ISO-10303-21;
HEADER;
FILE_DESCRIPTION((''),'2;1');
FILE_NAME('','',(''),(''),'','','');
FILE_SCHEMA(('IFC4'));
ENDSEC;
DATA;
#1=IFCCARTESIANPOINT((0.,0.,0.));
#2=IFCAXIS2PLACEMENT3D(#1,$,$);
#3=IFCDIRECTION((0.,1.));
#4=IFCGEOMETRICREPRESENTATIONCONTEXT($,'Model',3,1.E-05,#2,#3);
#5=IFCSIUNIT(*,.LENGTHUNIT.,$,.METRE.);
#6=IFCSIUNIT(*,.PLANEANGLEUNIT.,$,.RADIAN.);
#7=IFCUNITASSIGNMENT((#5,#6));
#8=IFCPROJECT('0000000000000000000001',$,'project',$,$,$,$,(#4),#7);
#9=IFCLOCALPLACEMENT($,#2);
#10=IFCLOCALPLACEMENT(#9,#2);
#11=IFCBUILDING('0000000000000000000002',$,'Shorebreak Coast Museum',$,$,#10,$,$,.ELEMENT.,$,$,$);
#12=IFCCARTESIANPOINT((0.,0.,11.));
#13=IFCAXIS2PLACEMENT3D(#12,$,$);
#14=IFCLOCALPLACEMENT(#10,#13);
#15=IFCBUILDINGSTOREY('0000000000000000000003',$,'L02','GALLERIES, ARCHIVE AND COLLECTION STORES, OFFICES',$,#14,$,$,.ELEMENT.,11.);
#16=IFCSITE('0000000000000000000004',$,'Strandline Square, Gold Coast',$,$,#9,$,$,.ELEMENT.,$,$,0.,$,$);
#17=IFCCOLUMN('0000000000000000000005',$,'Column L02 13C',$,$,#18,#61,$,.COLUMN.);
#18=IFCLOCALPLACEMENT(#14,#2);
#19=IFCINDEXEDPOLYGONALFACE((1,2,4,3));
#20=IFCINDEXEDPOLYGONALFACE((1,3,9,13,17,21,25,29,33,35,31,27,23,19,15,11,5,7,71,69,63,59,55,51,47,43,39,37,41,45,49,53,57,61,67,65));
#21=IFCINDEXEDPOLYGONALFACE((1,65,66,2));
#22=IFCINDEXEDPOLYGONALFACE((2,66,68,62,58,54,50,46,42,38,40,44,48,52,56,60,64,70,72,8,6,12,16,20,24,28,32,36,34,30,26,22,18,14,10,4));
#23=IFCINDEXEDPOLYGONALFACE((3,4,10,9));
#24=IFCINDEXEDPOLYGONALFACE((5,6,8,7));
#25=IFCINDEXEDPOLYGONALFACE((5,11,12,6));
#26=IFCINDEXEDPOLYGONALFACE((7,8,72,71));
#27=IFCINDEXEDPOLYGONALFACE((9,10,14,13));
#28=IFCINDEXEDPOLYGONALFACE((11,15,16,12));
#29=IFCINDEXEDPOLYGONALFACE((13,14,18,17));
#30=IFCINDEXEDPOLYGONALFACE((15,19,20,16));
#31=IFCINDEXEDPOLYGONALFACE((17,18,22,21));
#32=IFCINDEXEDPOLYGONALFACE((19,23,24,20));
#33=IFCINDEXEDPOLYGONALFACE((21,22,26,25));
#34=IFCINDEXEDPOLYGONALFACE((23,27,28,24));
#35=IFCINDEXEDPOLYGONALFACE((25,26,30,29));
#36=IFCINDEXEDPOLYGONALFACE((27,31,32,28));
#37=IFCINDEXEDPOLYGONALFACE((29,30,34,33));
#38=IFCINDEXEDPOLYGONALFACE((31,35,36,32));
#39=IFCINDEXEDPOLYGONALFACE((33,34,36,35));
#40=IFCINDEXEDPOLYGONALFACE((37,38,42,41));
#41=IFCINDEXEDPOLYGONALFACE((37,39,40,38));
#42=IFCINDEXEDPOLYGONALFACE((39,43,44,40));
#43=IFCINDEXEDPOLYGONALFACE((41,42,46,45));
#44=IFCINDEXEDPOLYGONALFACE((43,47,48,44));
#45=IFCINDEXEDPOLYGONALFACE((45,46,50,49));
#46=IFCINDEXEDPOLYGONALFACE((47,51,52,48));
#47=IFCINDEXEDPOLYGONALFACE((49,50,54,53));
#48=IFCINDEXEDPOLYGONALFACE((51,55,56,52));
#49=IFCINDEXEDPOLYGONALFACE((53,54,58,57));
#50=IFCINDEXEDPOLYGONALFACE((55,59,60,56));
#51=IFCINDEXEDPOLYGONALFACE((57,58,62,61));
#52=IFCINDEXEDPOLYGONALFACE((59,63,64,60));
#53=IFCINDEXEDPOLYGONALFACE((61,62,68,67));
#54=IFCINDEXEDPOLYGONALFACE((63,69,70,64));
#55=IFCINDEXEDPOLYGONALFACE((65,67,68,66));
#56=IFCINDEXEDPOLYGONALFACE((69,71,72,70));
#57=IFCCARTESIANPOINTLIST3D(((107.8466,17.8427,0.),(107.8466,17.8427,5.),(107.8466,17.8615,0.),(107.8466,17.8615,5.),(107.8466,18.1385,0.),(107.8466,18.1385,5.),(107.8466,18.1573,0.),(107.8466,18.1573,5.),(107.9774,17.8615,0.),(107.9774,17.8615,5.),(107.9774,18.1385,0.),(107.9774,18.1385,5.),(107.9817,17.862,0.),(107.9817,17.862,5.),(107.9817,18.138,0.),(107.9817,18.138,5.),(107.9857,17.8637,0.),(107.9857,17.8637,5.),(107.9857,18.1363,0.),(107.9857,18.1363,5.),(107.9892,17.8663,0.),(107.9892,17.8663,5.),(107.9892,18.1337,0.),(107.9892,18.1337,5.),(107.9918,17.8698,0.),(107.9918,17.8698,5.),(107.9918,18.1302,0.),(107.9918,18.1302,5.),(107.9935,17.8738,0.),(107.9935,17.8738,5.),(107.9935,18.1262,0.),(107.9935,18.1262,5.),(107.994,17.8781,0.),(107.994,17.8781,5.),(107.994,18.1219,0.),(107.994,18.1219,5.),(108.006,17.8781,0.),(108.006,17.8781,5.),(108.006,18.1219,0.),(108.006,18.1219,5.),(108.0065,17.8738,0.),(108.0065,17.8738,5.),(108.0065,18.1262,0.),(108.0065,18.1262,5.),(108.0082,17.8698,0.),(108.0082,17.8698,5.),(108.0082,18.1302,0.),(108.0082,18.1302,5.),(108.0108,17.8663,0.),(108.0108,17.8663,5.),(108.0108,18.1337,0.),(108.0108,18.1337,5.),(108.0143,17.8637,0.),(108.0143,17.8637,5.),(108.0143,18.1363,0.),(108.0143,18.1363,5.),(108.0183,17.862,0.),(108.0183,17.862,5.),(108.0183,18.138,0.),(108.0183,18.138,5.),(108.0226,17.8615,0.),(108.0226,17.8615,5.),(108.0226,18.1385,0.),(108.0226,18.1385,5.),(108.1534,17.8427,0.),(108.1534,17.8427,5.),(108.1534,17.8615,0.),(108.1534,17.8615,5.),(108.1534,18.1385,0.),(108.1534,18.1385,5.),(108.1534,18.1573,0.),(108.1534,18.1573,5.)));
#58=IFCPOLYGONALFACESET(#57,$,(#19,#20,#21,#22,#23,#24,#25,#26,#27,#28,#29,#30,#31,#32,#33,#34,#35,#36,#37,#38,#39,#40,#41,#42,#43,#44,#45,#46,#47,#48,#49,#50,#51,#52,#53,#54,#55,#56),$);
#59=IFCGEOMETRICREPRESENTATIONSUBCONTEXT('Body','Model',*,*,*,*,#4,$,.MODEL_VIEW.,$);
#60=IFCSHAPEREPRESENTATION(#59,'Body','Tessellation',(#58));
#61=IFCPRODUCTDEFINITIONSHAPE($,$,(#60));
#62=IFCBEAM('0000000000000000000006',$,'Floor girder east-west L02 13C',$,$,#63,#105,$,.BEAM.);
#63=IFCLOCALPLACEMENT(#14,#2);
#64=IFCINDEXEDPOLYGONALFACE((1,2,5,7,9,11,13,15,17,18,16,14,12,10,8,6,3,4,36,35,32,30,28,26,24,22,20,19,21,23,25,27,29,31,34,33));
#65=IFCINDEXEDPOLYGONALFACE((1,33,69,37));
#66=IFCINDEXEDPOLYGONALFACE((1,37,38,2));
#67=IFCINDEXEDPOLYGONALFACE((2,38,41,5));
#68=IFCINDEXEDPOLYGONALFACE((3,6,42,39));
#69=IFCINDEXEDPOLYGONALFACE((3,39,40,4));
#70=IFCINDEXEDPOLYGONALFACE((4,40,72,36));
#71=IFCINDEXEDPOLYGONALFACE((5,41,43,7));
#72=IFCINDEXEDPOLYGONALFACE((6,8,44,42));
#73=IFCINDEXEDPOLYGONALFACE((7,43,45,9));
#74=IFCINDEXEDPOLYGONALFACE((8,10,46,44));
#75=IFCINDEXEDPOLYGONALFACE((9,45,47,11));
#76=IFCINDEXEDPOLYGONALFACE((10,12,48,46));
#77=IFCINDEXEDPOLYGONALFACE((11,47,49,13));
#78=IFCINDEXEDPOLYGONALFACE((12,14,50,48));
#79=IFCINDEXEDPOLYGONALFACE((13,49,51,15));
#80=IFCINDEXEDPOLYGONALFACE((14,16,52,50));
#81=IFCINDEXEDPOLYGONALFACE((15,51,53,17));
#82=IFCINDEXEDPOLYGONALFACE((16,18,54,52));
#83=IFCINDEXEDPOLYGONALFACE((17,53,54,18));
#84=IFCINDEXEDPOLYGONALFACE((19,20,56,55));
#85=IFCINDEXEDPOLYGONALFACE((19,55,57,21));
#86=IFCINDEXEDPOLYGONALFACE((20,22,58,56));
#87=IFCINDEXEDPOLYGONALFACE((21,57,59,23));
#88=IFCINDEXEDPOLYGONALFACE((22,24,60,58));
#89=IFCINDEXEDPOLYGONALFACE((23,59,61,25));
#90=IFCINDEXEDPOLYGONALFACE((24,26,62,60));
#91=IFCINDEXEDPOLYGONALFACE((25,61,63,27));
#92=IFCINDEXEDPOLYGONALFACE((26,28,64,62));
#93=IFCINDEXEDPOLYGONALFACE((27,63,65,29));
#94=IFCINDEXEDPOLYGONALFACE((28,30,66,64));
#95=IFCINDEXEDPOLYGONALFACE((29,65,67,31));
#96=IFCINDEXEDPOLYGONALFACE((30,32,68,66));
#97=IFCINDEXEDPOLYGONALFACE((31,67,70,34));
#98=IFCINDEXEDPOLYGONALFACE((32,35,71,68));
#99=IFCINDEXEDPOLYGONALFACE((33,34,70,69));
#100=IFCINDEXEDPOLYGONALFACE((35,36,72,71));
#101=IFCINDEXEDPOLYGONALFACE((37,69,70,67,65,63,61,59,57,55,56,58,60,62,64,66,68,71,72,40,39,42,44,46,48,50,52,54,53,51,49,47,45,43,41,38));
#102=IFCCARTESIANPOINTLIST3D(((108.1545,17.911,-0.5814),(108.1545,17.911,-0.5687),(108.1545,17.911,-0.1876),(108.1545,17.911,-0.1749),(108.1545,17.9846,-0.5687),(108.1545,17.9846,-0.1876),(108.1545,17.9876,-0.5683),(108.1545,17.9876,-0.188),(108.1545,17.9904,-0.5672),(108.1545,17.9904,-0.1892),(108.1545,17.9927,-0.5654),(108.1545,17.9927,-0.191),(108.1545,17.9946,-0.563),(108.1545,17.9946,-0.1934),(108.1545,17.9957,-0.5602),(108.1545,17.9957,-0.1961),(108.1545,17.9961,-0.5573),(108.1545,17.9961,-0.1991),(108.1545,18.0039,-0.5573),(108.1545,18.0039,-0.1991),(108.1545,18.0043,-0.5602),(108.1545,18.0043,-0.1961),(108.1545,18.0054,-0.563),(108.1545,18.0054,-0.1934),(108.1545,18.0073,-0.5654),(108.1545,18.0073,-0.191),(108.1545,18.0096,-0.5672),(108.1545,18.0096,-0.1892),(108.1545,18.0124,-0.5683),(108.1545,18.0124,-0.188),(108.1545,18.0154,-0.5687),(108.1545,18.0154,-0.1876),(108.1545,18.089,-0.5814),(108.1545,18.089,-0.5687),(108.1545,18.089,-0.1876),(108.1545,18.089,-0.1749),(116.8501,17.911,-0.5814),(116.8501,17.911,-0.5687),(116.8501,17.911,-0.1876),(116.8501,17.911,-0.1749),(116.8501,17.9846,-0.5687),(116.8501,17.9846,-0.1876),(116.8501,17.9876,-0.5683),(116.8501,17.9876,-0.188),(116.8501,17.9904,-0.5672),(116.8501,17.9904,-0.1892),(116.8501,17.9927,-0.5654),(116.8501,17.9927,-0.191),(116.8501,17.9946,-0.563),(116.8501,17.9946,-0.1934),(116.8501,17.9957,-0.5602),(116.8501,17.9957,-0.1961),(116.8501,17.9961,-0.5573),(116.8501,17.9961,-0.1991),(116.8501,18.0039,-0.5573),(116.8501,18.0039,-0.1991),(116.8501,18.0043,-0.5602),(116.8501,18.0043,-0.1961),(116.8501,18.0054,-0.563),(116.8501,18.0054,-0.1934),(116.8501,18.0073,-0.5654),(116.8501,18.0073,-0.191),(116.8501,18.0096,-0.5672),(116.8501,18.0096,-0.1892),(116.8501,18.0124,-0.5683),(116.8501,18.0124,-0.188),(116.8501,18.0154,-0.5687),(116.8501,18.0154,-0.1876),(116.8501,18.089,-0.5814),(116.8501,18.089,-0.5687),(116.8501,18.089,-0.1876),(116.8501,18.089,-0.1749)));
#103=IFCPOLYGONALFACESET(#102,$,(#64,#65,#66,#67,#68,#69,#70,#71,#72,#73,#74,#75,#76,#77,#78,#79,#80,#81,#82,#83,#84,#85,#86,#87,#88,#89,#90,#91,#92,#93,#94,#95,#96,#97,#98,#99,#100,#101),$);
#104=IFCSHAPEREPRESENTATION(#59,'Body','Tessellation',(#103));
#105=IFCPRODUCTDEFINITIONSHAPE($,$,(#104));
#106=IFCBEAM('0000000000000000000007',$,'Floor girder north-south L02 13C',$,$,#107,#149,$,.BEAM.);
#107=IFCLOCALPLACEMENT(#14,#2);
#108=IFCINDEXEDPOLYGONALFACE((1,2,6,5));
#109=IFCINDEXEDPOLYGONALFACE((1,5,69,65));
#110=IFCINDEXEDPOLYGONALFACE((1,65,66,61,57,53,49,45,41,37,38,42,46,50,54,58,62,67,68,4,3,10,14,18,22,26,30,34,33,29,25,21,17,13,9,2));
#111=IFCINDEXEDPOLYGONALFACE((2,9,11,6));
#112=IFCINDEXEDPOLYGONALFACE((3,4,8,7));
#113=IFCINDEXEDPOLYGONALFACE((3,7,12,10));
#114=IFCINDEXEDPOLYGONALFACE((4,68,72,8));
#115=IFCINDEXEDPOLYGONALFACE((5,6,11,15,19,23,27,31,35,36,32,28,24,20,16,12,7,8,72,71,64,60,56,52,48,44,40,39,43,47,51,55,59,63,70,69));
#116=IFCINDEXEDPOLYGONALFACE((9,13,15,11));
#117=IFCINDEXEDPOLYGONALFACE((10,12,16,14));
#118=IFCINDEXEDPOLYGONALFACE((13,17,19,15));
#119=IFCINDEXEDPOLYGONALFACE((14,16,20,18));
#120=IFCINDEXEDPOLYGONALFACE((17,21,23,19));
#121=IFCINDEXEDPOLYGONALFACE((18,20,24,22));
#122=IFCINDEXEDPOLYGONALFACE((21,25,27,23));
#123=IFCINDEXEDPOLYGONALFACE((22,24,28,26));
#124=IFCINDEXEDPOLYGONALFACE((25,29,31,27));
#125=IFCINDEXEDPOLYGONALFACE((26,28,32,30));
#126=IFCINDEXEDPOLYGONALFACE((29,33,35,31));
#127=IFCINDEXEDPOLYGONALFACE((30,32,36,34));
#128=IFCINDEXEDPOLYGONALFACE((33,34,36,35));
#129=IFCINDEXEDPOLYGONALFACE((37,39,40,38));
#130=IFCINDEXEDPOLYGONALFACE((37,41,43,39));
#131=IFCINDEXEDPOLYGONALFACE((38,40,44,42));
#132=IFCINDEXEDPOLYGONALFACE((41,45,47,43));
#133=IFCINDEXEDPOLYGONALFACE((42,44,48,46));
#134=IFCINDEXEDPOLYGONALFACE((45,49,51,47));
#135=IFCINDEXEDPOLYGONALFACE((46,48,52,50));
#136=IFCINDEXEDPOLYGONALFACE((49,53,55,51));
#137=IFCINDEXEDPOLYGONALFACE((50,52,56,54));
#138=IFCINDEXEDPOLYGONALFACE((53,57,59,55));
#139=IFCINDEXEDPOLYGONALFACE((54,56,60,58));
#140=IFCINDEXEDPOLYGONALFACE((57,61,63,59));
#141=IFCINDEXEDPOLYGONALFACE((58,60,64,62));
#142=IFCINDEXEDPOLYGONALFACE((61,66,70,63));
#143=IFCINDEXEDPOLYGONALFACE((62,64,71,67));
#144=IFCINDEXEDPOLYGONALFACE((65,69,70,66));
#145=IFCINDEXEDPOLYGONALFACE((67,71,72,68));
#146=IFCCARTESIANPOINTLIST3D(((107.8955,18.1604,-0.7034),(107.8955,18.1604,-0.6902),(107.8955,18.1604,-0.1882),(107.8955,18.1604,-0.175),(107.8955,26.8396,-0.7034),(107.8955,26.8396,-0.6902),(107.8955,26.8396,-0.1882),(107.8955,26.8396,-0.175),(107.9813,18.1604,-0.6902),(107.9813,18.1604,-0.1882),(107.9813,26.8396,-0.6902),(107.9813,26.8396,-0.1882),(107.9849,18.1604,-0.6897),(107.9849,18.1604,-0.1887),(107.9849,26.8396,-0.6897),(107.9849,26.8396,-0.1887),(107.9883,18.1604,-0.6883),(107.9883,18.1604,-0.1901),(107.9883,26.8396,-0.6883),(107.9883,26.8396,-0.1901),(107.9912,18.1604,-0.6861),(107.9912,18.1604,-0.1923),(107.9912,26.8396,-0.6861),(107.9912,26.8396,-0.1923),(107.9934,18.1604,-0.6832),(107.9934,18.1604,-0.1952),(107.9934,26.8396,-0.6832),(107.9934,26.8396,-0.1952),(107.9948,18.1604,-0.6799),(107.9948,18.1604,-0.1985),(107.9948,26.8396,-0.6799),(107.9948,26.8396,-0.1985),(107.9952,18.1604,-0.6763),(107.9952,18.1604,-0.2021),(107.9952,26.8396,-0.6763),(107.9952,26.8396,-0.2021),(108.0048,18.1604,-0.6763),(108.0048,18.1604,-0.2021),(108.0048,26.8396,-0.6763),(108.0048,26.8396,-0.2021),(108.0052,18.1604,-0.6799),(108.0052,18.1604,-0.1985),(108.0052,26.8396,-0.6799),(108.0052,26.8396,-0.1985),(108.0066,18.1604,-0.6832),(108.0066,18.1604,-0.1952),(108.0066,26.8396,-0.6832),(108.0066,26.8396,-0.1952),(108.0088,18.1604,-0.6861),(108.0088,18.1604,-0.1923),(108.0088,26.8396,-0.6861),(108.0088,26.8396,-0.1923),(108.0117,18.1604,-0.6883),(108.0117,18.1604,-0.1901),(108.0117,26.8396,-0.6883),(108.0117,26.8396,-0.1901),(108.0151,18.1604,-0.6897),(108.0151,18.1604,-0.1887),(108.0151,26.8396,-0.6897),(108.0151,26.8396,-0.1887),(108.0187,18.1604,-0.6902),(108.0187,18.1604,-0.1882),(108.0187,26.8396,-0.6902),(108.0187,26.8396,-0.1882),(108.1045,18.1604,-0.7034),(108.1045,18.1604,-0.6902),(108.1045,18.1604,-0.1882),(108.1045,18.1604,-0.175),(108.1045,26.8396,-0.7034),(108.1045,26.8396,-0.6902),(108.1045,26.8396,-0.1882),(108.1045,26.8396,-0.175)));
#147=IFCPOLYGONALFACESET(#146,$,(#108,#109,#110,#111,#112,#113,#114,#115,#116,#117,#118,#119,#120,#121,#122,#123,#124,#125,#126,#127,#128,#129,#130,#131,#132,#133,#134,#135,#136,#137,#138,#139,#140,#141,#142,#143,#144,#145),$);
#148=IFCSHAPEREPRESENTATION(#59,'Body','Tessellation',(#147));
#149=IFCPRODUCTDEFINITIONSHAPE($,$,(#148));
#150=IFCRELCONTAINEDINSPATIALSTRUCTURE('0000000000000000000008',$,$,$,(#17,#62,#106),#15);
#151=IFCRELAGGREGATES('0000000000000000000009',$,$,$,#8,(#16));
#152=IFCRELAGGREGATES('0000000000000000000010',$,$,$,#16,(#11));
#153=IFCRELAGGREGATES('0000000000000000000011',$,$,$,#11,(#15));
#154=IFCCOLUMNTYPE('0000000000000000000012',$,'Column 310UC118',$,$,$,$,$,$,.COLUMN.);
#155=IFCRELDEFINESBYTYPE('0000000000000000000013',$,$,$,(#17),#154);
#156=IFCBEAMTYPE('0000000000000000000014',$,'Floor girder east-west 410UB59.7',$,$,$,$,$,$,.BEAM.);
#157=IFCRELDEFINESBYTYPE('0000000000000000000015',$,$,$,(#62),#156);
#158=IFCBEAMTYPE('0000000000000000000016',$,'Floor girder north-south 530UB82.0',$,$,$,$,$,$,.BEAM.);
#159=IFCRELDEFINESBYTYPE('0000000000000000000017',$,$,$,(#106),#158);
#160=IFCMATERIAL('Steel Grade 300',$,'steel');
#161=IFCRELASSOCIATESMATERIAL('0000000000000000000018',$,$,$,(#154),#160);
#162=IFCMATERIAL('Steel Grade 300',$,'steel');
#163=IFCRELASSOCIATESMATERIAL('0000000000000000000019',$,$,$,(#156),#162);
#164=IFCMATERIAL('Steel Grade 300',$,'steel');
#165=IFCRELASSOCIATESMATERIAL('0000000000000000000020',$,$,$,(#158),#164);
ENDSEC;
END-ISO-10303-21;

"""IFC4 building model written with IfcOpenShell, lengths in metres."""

from ifc_helpers import new_model, si_unit, direction, frame, origin, origin_2d, place, context, subcontext, project, spatial, i_section, extrude, material, material_profile, profile_set, type_object, element, save


model = new_model("IFC4")

# Units and contexts
model_context = context("Model", 3, precision=1e-05, world=origin(), true_north=direction((0.0, 1.0)))
body_context = subcontext(model_context, "Body", "Model", "MODEL_VIEW")
ifc_project = project(units=[si_unit("LENGTHUNIT", "METRE"), si_unit("PLANEANGLEUNIT", "RADIAN")], contexts=[model_context])

# Site, building, storey
site_placement = place(None, origin())
site = spatial("IfcSite", under=ifc_project, at=site_placement, Name="Strandline Square, Gold Coast", CompositionType="ELEMENT", RefElevation=0.0)
building_placement = place(site_placement, origin())
building = spatial("IfcBuilding", under=site, at=building_placement, Name="Shorebreak Coast Museum", CompositionType="ELEMENT")
storey_placement = place(building_placement, frame((0.0, 0.0, 11.0)))
storey = spatial("IfcBuildingStorey", under=building, at=storey_placement, Name="L02", Description="GALLERIES, ARCHIVE AND COLLECTION STORES, OFFICES", CompositionType="ELEMENT", Elevation=11.0)

# Column
ifc_material_1 = material(Name="Steel Grade 300", Category="steel")
ifc_material_profile_1 = material_profile(ifc_material_1, i_section(OverallWidth=0.3069, OverallDepth=0.3147, WebThickness=0.012, FlangeThickness=0.0188, FilletRadius=0.0166, at=origin_2d()), Name="310UC118")
ifc_profile_set_1 = profile_set([ifc_material_profile_1], Name="Steel Grade 300")
column_type = type_object("IfcColumnType", Name="Column 310UC118", PredefinedType="COLUMN", material=ifc_profile_set_1)
column_placement = place(storey_placement, frame((108.0, 18.0, 0.0), z_axis=(0.0, 0.0, 1.0), x_axis=(1.0, 0.0, 0.0)))
element("IfcColumn", 1, at=column_placement, inside=storey, type_object=column_type, Name="Column L02 13C", PredefinedType="COLUMN", context=body_context, shape_type="SweptSolid", body=[
    extrude(i_section(OverallWidth=0.3069, OverallDepth=0.3147, WebThickness=0.012, FlangeThickness=0.0188, FilletRadius=0.0166, at=origin_2d()), origin(), (0.0, 0.0, 1.0), 5.0),
])

# Beams
ifc_material_2 = material(Name="Steel Grade 300", Category="steel")
ifc_material_profile_2 = material_profile(ifc_material_2, i_section(OverallWidth=0.178, OverallDepth=0.4065, WebThickness=0.0078, FlangeThickness=0.0127, FilletRadius=0.0115, at=origin_2d()), Name="410UB59.7")
ifc_profile_set_2 = profile_set([ifc_material_profile_2], Name="Steel Grade 300")
beam_type_1 = type_object("IfcBeamType", Name="Floor girder east-west 410UB59.7", PredefinedType="BEAM", material=ifc_profile_set_2)
beam_1_placement = place(storey_placement, frame((108.1545, 18.0, -0.3782), z_axis=(1.0, 0.0, 0.0), x_axis=(0.0, 1.0, 0.0)))
element("IfcBeam", 2, at=beam_1_placement, inside=storey, type_object=beam_type_1, Name="Floor girder east-west L02 13C", PredefinedType="BEAM", context=body_context, shape_type="SweptSolid", body=[
    extrude(i_section(OverallWidth=0.178, OverallDepth=0.4065, WebThickness=0.0078, FlangeThickness=0.0127, FilletRadius=0.0115, at=origin_2d()), origin(), (0.0, 0.0, 1.0), 8.6956),
])
ifc_material_3 = material(Name="Steel Grade 300", Category="steel")
ifc_material_profile_3 = material_profile(ifc_material_3, i_section(OverallWidth=0.209, OverallDepth=0.5283, WebThickness=0.0095, FlangeThickness=0.0132, FilletRadius=0.0139, at=origin_2d()), Name="530UB82.0")
ifc_profile_set_3 = profile_set([ifc_material_profile_3], Name="Steel Grade 300")
beam_type_2 = type_object("IfcBeamType", Name="Floor girder north-south 530UB82.0", PredefinedType="BEAM", material=ifc_profile_set_3)
beam_2_placement = place(storey_placement, frame((108.0, 18.1604, -0.4392), z_axis=(0.0, 1.0, 0.0), x_axis=(-1.0, 0.0, 0.0)))
element("IfcBeam", 3, at=beam_2_placement, inside=storey, type_object=beam_type_2, Name="Floor girder north-south L02 13C", PredefinedType="BEAM", context=body_context, shape_type="SweptSolid", body=[
    extrude(i_section(OverallWidth=0.209, OverallDepth=0.5283, WebThickness=0.0095, FlangeThickness=0.0132, FilletRadius=0.0139, at=origin_2d()), origin(), (0.0, 0.0, 1.0), 8.6792),
])

save(model, "model.ifc")
